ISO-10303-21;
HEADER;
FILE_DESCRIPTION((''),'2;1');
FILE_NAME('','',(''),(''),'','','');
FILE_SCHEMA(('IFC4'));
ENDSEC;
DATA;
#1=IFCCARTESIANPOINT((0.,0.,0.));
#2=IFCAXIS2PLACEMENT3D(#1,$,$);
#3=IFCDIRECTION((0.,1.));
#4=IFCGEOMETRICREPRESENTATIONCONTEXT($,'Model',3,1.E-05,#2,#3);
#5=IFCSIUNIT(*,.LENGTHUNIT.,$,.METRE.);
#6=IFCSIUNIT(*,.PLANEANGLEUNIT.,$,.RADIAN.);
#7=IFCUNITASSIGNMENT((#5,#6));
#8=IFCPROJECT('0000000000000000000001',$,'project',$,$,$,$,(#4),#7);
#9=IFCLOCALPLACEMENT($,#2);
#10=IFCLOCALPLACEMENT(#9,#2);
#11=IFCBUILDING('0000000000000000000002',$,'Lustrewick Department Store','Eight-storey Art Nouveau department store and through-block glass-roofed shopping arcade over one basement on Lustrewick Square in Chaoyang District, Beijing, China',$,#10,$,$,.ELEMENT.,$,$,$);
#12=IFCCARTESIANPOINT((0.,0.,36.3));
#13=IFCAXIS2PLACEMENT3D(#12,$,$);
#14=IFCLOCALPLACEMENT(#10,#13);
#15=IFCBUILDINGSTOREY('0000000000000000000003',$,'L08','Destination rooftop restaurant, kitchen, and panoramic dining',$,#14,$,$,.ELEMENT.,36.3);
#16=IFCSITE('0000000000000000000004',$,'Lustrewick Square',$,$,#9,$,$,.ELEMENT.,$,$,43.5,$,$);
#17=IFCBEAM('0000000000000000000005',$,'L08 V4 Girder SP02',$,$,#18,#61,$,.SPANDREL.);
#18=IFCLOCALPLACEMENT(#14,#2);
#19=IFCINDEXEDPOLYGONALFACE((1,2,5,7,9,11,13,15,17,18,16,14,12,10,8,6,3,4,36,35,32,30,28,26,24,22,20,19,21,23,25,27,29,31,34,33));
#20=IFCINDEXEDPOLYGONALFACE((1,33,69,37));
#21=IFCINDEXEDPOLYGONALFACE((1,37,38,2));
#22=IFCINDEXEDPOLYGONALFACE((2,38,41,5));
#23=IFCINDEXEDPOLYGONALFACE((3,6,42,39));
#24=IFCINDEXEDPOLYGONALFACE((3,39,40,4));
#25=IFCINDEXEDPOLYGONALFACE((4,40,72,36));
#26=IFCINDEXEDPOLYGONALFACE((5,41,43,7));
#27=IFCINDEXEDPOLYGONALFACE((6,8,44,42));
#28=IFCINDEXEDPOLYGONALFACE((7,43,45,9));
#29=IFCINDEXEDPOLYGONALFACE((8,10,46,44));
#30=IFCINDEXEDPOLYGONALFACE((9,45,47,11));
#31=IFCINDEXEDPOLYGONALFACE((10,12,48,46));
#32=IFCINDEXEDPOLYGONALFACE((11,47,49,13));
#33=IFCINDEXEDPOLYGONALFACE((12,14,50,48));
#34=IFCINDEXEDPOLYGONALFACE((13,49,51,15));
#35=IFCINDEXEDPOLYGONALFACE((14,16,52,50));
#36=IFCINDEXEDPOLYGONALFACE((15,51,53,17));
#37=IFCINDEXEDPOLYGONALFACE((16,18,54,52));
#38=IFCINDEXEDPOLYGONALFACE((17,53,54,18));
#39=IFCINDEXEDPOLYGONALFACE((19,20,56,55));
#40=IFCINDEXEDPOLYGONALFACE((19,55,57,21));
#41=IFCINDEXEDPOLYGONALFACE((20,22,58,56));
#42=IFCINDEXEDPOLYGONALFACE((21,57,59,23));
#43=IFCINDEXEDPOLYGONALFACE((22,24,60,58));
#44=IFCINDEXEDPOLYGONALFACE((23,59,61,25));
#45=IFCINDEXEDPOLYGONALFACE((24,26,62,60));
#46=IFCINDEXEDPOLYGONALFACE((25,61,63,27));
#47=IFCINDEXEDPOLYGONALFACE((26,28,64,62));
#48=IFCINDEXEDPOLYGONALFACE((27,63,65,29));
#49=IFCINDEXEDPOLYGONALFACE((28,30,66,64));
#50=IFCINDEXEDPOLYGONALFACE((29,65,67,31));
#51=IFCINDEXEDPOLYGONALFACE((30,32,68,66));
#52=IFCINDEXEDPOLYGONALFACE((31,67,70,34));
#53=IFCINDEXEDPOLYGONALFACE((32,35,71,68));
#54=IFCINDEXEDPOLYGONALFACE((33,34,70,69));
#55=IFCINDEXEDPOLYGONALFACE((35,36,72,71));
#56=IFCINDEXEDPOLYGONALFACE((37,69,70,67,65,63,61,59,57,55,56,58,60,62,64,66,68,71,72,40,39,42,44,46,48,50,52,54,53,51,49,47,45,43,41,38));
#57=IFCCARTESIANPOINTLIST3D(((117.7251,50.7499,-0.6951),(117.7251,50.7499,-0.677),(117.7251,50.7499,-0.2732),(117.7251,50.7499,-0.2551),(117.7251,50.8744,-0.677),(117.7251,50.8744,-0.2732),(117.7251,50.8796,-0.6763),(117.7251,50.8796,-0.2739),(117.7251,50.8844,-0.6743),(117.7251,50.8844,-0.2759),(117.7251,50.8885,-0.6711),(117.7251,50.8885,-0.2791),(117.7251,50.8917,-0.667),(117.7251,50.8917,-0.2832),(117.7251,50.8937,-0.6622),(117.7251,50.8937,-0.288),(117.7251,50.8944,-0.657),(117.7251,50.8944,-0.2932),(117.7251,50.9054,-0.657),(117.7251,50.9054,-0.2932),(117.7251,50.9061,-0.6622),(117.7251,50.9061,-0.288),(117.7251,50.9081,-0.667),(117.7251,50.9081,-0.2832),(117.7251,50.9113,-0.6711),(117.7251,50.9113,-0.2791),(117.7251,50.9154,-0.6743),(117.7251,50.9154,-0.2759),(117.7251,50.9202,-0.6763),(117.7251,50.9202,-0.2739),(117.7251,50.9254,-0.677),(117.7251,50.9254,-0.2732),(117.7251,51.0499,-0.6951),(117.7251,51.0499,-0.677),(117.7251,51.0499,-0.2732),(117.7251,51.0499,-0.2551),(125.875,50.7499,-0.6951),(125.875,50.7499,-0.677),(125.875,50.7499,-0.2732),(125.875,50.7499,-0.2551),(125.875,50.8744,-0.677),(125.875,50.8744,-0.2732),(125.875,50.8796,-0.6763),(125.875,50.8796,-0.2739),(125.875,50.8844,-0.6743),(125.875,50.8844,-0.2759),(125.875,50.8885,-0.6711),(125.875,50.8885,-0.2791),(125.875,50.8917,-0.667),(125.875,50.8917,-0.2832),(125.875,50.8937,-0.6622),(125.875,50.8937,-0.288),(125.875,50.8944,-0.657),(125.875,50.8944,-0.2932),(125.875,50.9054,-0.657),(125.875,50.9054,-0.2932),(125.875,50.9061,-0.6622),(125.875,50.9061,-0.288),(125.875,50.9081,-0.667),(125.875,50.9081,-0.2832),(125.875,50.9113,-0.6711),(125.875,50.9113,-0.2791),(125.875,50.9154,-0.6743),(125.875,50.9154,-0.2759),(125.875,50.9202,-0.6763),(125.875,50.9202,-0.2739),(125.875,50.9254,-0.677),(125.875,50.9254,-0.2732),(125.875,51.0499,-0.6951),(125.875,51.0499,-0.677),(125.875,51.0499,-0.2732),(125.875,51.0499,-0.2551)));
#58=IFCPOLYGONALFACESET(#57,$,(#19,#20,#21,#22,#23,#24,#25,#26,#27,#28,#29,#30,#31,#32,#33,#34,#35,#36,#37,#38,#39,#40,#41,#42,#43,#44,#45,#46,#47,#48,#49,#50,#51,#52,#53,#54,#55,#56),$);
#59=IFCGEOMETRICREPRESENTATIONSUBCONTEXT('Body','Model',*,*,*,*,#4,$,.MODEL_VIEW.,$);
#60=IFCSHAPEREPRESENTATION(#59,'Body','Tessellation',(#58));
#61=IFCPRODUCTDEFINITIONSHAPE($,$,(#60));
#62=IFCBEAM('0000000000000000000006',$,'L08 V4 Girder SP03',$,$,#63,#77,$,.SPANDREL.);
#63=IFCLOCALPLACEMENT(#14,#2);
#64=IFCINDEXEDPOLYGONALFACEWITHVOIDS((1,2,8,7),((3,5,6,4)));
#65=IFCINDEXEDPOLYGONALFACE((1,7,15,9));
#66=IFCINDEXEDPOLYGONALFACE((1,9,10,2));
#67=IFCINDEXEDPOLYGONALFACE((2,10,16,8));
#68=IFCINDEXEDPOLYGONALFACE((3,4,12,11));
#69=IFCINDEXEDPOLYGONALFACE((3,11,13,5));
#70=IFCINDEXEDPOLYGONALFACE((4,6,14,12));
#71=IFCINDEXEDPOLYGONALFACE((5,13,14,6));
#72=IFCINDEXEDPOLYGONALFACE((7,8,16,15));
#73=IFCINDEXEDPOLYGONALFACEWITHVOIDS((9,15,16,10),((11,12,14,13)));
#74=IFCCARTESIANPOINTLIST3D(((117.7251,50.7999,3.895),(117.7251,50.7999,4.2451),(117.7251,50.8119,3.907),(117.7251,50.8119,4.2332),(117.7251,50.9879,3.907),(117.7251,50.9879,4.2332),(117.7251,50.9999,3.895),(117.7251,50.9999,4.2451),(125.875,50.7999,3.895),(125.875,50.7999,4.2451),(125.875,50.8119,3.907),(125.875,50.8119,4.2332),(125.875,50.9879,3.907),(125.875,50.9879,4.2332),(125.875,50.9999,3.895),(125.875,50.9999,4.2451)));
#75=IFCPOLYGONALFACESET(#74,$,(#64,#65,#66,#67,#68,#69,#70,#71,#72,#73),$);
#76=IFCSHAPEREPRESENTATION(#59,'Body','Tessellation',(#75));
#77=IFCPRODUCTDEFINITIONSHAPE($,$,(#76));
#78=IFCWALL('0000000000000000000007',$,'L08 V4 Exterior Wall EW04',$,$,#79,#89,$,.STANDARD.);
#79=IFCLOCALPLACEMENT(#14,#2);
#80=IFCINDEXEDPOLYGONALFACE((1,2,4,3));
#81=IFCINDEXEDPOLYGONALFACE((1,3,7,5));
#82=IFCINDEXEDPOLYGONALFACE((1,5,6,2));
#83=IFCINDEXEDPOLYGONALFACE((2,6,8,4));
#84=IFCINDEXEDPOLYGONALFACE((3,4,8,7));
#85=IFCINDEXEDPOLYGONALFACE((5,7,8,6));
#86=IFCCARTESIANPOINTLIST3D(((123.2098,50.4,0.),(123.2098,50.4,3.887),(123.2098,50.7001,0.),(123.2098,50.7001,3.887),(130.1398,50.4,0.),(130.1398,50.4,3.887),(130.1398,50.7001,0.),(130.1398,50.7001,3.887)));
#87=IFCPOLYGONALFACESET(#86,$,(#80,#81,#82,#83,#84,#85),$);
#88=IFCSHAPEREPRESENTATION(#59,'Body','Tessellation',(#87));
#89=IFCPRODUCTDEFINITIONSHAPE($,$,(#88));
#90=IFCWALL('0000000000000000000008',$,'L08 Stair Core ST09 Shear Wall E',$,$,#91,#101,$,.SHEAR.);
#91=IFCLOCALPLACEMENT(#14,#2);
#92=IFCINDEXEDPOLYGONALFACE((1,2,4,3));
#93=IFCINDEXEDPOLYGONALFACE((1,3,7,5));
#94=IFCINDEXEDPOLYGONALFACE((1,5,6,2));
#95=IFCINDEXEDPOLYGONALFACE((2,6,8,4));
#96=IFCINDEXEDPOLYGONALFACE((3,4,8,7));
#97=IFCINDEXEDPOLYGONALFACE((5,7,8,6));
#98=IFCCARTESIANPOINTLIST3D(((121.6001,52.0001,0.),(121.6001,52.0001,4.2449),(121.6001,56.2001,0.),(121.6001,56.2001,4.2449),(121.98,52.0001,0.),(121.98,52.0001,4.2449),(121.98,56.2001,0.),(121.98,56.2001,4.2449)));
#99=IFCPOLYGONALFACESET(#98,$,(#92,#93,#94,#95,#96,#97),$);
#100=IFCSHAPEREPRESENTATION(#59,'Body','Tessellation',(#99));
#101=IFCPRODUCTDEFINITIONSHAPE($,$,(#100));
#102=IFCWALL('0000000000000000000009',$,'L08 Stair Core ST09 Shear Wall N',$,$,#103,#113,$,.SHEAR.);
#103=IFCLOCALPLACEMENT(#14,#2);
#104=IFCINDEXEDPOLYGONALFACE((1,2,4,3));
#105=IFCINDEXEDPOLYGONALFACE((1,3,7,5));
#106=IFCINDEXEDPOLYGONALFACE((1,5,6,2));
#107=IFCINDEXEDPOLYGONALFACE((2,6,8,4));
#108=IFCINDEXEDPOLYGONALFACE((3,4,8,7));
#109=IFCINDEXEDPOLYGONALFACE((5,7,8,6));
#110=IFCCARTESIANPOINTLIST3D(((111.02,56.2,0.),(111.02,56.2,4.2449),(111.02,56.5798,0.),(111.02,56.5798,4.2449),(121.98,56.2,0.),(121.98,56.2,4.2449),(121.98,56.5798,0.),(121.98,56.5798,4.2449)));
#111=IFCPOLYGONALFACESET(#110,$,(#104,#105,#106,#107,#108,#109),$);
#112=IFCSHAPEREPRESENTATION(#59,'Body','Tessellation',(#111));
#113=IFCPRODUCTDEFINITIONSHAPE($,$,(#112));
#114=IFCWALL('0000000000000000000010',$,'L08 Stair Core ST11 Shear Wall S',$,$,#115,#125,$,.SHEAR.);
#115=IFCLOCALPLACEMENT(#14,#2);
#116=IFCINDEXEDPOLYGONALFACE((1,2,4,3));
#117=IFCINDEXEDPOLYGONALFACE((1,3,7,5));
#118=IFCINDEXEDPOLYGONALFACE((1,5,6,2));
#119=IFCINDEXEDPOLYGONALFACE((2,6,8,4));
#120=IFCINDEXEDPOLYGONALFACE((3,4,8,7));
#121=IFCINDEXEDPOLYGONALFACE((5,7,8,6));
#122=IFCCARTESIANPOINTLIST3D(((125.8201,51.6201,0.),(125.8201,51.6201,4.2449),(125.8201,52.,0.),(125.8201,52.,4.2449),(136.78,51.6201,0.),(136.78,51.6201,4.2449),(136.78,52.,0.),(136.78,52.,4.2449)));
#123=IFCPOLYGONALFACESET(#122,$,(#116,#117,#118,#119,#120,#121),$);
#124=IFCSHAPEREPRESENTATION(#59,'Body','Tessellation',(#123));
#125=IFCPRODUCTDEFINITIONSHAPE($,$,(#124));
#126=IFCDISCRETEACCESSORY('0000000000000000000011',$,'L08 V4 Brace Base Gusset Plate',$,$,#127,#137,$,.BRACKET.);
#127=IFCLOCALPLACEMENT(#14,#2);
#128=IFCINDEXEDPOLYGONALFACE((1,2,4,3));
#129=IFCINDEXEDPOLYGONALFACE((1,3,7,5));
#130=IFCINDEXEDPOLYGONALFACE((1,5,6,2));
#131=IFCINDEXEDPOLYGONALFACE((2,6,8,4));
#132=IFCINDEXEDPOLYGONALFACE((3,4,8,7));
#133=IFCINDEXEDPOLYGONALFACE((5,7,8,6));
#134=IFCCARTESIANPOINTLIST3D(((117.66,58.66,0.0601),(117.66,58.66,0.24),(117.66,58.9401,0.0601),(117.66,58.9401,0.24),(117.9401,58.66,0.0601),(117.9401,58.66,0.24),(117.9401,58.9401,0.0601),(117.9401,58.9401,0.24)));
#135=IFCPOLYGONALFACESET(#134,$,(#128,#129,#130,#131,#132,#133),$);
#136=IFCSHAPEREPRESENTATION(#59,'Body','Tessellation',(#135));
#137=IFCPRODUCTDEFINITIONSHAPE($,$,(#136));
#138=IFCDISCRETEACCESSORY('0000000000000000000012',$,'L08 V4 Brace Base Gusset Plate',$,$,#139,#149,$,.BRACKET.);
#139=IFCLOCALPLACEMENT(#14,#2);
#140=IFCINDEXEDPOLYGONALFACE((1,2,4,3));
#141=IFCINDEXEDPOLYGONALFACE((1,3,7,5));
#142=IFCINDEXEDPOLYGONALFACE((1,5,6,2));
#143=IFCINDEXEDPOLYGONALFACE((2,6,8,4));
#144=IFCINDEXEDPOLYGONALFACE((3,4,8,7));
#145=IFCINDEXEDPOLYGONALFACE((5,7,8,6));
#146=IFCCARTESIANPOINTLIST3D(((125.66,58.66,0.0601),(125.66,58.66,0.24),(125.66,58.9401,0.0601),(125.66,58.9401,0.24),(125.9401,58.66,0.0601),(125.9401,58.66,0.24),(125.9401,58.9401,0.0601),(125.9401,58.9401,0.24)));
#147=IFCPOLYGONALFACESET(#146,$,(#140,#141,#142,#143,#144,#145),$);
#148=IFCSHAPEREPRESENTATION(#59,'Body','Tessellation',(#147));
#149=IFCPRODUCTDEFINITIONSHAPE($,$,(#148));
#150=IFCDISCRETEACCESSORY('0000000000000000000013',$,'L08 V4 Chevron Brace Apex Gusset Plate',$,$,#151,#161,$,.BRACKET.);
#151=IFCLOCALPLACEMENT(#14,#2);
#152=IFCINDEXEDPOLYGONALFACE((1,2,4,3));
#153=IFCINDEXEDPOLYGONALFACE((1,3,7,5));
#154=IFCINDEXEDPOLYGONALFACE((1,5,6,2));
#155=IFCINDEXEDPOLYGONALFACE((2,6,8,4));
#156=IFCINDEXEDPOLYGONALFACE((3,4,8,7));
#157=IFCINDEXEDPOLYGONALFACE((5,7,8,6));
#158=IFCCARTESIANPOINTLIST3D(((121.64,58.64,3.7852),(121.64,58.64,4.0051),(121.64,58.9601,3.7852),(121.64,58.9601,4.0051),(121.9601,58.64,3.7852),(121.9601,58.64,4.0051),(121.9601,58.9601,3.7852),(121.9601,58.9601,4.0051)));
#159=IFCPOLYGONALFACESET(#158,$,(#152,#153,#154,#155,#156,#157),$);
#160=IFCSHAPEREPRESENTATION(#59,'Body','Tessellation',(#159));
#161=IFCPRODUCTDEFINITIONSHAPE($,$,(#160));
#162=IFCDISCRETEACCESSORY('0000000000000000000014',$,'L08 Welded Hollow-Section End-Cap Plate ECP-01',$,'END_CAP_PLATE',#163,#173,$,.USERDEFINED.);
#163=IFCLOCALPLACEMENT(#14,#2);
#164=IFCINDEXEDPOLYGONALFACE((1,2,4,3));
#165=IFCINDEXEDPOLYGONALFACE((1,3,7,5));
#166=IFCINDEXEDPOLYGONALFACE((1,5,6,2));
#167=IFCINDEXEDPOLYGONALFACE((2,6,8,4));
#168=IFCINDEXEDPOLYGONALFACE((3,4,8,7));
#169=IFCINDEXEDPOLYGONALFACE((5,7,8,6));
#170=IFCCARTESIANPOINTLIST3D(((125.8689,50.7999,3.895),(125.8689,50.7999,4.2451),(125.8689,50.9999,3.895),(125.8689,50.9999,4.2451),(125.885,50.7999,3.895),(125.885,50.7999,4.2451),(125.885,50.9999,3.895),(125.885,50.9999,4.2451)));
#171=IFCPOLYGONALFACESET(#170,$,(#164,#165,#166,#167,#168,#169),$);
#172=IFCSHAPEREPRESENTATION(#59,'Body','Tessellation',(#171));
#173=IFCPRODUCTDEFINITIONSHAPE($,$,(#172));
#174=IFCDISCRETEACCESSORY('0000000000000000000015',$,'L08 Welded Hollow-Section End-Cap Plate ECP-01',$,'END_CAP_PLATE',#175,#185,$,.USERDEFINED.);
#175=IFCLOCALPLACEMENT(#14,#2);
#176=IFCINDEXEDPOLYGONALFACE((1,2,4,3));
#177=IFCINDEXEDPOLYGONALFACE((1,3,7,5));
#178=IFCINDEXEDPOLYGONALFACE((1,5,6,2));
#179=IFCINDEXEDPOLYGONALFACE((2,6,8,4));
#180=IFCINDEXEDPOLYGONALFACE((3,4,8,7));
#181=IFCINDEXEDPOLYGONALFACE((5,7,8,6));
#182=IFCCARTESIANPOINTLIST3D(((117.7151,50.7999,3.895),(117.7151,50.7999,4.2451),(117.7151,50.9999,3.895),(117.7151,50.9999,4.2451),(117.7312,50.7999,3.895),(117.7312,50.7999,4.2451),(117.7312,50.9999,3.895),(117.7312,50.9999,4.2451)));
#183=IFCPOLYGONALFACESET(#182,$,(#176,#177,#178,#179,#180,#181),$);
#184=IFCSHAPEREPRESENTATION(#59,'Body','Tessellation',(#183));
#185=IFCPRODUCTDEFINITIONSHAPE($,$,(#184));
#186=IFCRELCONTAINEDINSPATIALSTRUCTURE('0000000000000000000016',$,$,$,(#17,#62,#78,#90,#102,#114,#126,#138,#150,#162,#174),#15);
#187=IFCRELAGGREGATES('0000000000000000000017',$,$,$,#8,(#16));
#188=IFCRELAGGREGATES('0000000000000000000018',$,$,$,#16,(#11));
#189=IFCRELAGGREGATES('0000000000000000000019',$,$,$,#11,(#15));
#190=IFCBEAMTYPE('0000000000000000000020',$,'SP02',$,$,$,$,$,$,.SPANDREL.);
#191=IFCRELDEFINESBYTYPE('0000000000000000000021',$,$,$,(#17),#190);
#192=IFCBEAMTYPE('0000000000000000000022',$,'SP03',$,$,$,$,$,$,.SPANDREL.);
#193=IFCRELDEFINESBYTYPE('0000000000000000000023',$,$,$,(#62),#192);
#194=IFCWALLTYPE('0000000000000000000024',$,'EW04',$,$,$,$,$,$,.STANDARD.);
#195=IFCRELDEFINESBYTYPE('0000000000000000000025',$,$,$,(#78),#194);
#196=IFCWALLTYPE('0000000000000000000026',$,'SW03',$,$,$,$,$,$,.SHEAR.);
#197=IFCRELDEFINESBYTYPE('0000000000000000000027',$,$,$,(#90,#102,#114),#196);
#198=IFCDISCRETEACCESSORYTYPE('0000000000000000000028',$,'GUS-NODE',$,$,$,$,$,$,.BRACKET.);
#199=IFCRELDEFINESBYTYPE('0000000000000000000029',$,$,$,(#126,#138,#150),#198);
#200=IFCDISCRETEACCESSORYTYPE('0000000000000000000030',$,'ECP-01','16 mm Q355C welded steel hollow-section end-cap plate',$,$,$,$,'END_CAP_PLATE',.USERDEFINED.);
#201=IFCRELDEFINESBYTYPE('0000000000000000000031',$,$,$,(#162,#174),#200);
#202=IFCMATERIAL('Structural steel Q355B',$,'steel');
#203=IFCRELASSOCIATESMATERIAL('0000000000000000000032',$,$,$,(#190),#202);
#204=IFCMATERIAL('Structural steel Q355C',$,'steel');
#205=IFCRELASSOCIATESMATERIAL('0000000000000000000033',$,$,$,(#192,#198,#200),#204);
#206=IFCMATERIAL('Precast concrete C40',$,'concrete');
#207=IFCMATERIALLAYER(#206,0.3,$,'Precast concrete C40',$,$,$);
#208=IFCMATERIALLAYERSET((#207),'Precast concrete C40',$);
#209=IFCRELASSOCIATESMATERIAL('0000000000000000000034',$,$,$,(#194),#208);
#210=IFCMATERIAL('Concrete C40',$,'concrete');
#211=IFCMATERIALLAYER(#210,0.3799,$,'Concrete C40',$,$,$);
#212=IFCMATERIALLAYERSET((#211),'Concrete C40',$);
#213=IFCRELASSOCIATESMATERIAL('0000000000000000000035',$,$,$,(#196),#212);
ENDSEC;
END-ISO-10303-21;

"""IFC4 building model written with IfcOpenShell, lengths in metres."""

from ifc_helpers import new_model, si_unit, direction, frame, frame_2d, origin, origin_2d, place, context, subcontext, project, spatial, rectangle, hollow_rectangle, i_section, extrude, material, layer, layer_set, material_profile, profile_set, type_object, element, save


model = new_model("IFC4")

# Units and contexts
model_context = context("Model", 3, precision=1e-05, world=origin(), true_north=direction((0.0, 1.0)))
body_context = subcontext(model_context, "Body", "Model", "MODEL_VIEW")
ifc_project = project(units=[si_unit("LENGTHUNIT", "METRE"), si_unit("PLANEANGLEUNIT", "RADIAN")], contexts=[model_context])

# Site, building, storey
site_placement = place(None, origin())
site = spatial("IfcSite", under=ifc_project, at=site_placement, Name="Lustrewick Square", CompositionType="ELEMENT", RefElevation=43.5)
building_placement = place(site_placement, origin())
building = spatial("IfcBuilding", under=site, at=building_placement, Name="Lustrewick Department Store", Description="Eight-storey Art Nouveau department store and through-block glass-roofed shopping arcade over one basement on Lustrewick Square in Chaoyang District, Beijing, China", CompositionType="ELEMENT")
storey_placement = place(building_placement, frame((0.0, 0.0, 36.3)))
storey = spatial("IfcBuildingStorey", under=building, at=storey_placement, Name="L08", Description="Destination rooftop restaurant, kitchen, and panoramic dining", CompositionType="ELEMENT", Elevation=36.3)

# Shared definitions
ifc_material_1 = material(Name="Structural steel Q355B", Category="steel")

# Beams
ifc_material_2 = material(Name="Structural steel Q355C", Category="steel")
ifc_material_profile_1 = material_profile(ifc_material_1, i_section(OverallWidth=0.3, OverallDepth=0.4399, WebThickness=0.011, FlangeThickness=0.0181, FilletRadius=0.02, at=origin_2d()), Name="HM 440x300x11x18")
ifc_profile_set_1 = profile_set([ifc_material_profile_1], Name="Structural steel Q355B")
beam_type_1 = type_object("IfcBeamType", Name="SP02", PredefinedType="SPANDREL", material=ifc_profile_set_1)
beam_1_placement = place(storey_placement, frame((117.7251, 50.8999, -0.4751), z_axis=(1.0, 0.0, 0.0), x_axis=(0.0, 1.0, 0.0)))
element("IfcBeam", 1, at=beam_1_placement, inside=storey, type_object=beam_type_1, Name="L08 V4 Girder SP02", PredefinedType="SPANDREL", context=body_context, shape_type="SweptSolid", body=[
    extrude(i_section(OverallWidth=0.3, OverallDepth=0.4399, WebThickness=0.011, FlangeThickness=0.0181, FilletRadius=0.02, at=origin_2d()), origin(), (0.0, 0.0, 1.0), 8.1499),
])
ifc_material_profile_2 = material_profile(ifc_material_2, hollow_rectangle(XDim=0.2, YDim=0.3501, WallThickness=0.012, at=origin_2d()), Name="RHS 350x200x12")
ifc_profile_set_2 = profile_set([ifc_material_profile_2], Name="Structural steel Q355C")
beam_type_2 = type_object("IfcBeamType", Name="SP03", PredefinedType="SPANDREL", material=ifc_profile_set_2)
beam_2_placement = place(storey_placement, frame((117.7251, 50.8999, 4.0701), z_axis=(1.0, 0.0, 0.0), x_axis=(0.0, 1.0, 0.0)))
element("IfcBeam", 2, at=beam_2_placement, inside=storey, type_object=beam_type_2, Name="L08 V4 Girder SP03", PredefinedType="SPANDREL", context=body_context, shape_type="SweptSolid", body=[
    extrude(hollow_rectangle(XDim=0.2, YDim=0.3501, WallThickness=0.012, at=origin_2d()), origin(), (0.0, 0.0, 1.0), 8.1499),
])

# Walls
ifc_material_3 = material(Name="Precast concrete C40", Category="concrete")
ifc_layer_1 = layer(ifc_material_3, 0.3, Name="Precast concrete C40")
ifc_layer_set_1 = layer_set([ifc_layer_1], Name="Precast concrete C40")
wall_type_1 = type_object("IfcWallType", Name="EW04", PredefinedType="STANDARD", material=ifc_layer_set_1)
wall_1_placement = place(storey_placement, frame((123.21, 50.55, 0.0), z_axis=(0.0, 0.0, 1.0), x_axis=(1.0, 0.0, 0.0)))
element("IfcWall", 3, at=wall_1_placement, inside=storey, type_object=wall_type_1, Name="L08 V4 Exterior Wall EW04", PredefinedType="STANDARD", context=body_context, shape_type="SweptSolid", body=[
    extrude(rectangle(XDim=6.9299, YDim=0.3, at=frame_2d((3.4648, 0.0))), origin(), (0.0, 0.0, 1.0), 3.887),
])
ifc_material_4 = material(Name="Concrete C40", Category="concrete")
ifc_layer_2 = layer(ifc_material_4, 0.3799, Name="Concrete C40")
ifc_layer_set_2 = layer_set([ifc_layer_2], Name="Concrete C40")
wall_type_2 = type_object("IfcWallType", Name="SW03", PredefinedType="SHEAR", material=ifc_layer_set_2)
wall_2_placement = place(storey_placement, frame((121.79, 52.0, 0.0), z_axis=(0.0, 0.0, 1.0), x_axis=(0.0, 1.0, 0.0)))
element("IfcWall", 4, at=wall_2_placement, inside=storey, type_object=wall_type_2, Name="L08 Stair Core ST09 Shear Wall E", PredefinedType="SHEAR", context=body_context, shape_type="SweptSolid", body=[
    extrude(rectangle(XDim=4.2, YDim=0.3799, at=frame_2d((2.1001, 0.0))), origin(), (0.0, 0.0, 1.0), 4.2449),
])
for number, where, z_axis, x_axis, name in (
    (5, (121.98, 56.3899, 0.0), (0.0, 0.0, 1.0), (-1.0, 0.0, 0.0), "L08 Stair Core ST09 Shear Wall N"),
    (6, (125.8201, 51.8101, 0.0), (0.0, 0.0, 1.0), (1.0, 0.0, 0.0), "L08 Stair Core ST11 Shear Wall S"),
):
    element("IfcWall", number, at=place(storey_placement, frame(where, z_axis=z_axis, x_axis=x_axis)), inside=storey, type_object=wall_type_2, Name=name, PredefinedType="SHEAR", context=body_context, shape_type="SweptSolid", body=[
        extrude(rectangle(XDim=10.96, YDim=0.3799, at=frame_2d((5.48, 0.0))), origin(), (0.0, 0.0, 1.0), 4.2449),
    ])

# Discrete accessories
discrete_accessory_type_1 = type_object("IfcDiscreteAccessoryType", Name="GUS-NODE", PredefinedType="BRACKET", material=ifc_material_2)
for number, where, z_axis, x_axis, name in (
    (7, (117.8, 58.8, 0.0601), (0.0, 0.0, 1.0), (1.0, 0.0, 0.0), "L08 V4 Brace Base Gusset Plate"),
    (8, (125.8, 58.8, 0.0601), (0.0, 0.0, 1.0), (1.0, 0.0, 0.0), "L08 V4 Brace Base Gusset Plate"),
):
    element("IfcDiscreteAccessory", number, at=place(storey_placement, frame(where, z_axis=z_axis, x_axis=x_axis)), inside=storey, type_object=discrete_accessory_type_1, Name=name, PredefinedType="BRACKET", context=body_context, shape_type="SweptSolid", body=[
        extrude(rectangle(XDim=0.28, YDim=0.28, at=origin_2d()), origin(), (0.0, 0.0, 1.0), 0.1799),
    ])
discrete_accessory_placement = place(storey_placement, frame((121.8, 58.8, 3.7852), z_axis=(0.0, 0.0, 1.0), x_axis=(1.0, 0.0, 0.0)))
element("IfcDiscreteAccessory", 9, at=discrete_accessory_placement, inside=storey, type_object=discrete_accessory_type_1, Name="L08 V4 Chevron Brace Apex Gusset Plate", PredefinedType="BRACKET", context=body_context, shape_type="SweptSolid", body=[
    extrude(rectangle(XDim=0.3201, YDim=0.3201, at=origin_2d()), origin(), (0.0, 0.0, 1.0), 0.22),
])
discrete_accessory_type_2 = type_object("IfcDiscreteAccessoryType", Name="ECP-01", Description="16 mm Q355C welded steel hollow-section end-cap plate", ElementType="END_CAP_PLATE", PredefinedType="USERDEFINED", material=ifc_material_2)
for number, where, z_axis, x_axis, name in (
    (10, (125.8689, 50.8999, 4.0701), (1.0, 0.0, 0.0), (0.0, 1.0, 0.0), "L08 Welded Hollow-Section End-Cap Plate ECP-01"),
    (11, (117.7312, 50.8999, 4.0701), (-1.0, 0.0, 0.0), (0.0, 1.0, 0.0), "L08 Welded Hollow-Section End-Cap Plate ECP-01"),
):
    element("IfcDiscreteAccessory", number, at=place(storey_placement, frame(where, z_axis=z_axis, x_axis=x_axis)), inside=storey, type_object=discrete_accessory_type_2, Name=name, ObjectType="END_CAP_PLATE", PredefinedType="USERDEFINED", context=body_context, shape_type="SweptSolid", body=[
        extrude(rectangle(XDim=0.2, YDim=0.3501, at=origin_2d()), origin(), (0.0, 0.0, 1.0), 0.0161),
    ])

save(model, "model.ifc")
